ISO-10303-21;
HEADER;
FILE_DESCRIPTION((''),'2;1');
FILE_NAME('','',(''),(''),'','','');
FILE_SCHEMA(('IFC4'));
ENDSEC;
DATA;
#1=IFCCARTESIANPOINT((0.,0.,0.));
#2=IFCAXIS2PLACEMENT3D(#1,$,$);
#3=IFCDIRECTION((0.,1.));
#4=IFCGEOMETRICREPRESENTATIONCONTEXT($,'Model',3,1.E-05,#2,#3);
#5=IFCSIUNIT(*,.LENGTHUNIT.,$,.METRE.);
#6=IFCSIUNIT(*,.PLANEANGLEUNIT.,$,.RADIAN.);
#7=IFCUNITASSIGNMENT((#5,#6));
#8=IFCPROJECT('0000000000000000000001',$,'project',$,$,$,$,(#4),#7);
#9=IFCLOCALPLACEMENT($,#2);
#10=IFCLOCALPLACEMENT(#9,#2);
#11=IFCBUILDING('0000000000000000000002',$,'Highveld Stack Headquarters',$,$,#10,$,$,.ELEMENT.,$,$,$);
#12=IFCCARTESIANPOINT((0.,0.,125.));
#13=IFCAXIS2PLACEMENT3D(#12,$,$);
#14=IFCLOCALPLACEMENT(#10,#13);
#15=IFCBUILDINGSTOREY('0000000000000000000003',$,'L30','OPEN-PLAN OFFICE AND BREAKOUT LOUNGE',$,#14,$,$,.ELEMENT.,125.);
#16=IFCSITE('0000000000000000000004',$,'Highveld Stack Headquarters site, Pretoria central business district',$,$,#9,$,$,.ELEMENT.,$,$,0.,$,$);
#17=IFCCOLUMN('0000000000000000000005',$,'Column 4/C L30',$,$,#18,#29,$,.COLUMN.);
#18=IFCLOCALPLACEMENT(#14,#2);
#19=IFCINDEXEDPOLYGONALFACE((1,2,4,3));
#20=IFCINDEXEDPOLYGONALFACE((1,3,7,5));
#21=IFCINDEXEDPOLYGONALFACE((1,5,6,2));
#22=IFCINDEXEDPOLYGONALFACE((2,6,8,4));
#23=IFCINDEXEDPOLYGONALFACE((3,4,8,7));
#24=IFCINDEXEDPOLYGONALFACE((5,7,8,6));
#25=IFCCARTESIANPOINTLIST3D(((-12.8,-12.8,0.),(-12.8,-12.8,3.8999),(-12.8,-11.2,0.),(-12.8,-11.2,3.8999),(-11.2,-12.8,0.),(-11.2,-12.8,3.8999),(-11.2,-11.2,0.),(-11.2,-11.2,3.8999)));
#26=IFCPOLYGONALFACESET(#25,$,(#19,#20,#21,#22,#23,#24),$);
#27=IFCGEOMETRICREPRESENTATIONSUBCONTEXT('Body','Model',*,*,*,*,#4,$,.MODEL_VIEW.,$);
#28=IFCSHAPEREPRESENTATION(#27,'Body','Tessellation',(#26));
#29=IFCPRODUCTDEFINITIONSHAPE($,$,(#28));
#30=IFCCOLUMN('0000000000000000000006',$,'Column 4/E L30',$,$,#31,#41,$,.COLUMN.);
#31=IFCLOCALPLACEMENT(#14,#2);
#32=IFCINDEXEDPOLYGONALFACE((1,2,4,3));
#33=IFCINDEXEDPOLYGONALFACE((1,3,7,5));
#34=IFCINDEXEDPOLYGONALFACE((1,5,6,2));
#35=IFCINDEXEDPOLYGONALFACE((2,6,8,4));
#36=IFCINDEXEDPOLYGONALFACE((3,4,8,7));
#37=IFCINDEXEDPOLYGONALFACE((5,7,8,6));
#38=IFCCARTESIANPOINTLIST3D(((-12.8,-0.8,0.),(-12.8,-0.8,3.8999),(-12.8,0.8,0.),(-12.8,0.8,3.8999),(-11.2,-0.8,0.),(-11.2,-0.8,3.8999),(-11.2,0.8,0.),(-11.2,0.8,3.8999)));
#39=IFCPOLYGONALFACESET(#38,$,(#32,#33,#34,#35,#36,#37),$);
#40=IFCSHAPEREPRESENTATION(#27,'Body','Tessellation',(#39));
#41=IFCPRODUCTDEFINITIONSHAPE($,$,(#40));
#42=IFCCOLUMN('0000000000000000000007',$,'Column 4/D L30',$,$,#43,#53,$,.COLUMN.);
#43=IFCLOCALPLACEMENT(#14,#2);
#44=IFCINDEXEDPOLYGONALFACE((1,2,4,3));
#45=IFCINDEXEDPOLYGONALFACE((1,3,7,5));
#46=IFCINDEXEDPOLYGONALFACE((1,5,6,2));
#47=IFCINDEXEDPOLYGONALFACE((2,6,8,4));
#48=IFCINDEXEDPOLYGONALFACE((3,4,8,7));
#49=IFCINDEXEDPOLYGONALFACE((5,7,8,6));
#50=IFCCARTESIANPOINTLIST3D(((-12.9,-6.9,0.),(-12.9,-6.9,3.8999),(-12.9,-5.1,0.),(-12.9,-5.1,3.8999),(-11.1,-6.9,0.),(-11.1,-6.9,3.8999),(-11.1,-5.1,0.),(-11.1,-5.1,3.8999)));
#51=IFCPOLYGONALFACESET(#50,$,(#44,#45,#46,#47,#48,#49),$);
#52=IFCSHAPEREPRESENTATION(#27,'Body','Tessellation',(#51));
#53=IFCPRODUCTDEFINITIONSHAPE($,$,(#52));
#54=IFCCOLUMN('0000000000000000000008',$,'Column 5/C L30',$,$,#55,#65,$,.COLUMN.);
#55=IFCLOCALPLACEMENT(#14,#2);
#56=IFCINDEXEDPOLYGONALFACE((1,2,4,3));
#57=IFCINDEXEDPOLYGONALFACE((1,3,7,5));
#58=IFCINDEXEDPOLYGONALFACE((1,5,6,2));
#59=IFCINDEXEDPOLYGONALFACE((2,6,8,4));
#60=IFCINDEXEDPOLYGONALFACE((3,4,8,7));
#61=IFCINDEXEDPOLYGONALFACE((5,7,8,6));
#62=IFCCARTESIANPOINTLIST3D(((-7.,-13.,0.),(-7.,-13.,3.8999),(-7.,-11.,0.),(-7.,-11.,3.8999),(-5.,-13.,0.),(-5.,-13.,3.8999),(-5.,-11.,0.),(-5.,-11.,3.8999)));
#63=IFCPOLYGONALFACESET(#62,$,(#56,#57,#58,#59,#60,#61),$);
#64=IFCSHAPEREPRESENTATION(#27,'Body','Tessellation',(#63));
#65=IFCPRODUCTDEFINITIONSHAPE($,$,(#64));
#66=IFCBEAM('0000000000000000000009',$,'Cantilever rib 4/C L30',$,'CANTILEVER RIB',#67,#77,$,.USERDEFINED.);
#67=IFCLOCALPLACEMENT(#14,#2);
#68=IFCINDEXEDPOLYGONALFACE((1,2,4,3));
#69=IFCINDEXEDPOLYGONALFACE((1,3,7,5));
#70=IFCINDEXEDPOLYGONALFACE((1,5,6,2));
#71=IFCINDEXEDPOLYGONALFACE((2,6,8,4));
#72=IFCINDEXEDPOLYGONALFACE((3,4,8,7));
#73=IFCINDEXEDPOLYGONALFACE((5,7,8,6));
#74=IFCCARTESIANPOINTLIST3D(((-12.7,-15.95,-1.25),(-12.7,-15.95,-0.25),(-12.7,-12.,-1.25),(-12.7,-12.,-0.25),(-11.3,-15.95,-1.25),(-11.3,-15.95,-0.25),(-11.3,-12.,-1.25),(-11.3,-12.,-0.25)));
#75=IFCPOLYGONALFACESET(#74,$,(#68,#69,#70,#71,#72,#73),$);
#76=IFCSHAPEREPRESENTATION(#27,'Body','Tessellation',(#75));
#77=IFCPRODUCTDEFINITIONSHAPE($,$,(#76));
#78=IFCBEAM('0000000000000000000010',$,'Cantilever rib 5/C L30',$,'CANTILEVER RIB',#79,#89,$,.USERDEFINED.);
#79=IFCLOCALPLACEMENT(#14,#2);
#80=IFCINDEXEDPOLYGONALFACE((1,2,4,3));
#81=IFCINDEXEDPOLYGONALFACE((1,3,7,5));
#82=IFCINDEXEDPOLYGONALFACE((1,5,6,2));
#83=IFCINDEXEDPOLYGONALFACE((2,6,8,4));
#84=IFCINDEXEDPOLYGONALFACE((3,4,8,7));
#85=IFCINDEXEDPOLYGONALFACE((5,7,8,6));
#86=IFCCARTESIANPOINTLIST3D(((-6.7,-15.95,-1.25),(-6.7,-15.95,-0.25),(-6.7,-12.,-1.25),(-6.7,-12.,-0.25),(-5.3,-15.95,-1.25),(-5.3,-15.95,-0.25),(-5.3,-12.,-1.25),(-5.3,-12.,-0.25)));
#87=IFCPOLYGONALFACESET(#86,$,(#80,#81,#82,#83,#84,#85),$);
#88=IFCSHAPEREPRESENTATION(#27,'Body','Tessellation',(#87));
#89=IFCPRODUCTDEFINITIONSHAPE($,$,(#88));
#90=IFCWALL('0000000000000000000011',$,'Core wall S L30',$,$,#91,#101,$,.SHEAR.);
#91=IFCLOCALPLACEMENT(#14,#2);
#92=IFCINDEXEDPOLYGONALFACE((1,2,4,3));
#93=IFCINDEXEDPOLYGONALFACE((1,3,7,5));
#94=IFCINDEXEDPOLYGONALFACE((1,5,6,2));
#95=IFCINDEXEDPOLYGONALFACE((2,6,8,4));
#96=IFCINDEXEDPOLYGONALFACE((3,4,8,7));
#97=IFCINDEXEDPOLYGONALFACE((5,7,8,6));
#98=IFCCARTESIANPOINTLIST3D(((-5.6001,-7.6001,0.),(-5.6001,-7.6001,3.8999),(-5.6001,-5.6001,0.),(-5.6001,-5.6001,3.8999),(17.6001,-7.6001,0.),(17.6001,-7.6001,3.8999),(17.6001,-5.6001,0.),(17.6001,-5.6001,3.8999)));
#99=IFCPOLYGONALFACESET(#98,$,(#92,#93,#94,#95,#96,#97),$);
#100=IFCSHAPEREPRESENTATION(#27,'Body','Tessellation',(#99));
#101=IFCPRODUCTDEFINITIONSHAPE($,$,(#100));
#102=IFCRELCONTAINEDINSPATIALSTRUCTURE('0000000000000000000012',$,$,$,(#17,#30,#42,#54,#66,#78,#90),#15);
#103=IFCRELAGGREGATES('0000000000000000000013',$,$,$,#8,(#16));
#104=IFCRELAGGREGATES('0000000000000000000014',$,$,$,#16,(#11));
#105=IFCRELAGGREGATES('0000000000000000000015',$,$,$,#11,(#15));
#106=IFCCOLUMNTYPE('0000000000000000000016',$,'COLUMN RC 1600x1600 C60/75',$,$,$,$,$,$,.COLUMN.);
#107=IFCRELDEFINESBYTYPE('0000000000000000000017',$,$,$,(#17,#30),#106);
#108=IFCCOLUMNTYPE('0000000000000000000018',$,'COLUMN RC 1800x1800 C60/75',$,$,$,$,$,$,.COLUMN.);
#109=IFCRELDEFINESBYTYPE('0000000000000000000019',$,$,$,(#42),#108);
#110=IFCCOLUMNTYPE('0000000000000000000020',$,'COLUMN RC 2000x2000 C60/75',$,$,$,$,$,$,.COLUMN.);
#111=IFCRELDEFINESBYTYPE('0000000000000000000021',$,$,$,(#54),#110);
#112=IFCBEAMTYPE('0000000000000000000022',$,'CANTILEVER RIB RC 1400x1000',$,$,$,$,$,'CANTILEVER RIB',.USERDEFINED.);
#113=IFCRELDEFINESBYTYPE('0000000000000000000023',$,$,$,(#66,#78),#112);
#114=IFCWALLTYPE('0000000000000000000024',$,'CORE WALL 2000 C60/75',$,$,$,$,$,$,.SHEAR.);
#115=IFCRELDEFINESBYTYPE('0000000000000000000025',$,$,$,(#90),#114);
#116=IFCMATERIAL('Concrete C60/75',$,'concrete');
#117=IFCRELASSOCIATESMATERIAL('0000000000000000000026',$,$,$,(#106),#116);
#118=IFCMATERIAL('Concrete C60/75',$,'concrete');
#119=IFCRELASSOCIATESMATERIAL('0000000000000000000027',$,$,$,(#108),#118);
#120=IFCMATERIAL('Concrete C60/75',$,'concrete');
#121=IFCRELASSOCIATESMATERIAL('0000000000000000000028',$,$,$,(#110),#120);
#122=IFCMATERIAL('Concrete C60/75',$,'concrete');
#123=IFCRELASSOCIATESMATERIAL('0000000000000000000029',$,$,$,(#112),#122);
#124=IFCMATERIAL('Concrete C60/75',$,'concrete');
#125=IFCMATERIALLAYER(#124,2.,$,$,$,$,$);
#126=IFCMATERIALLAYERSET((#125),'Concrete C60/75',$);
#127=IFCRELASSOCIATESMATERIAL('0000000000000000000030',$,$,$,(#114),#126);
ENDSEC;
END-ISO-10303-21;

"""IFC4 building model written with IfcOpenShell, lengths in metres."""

from ifc_helpers import new_model, si_unit, direction, frame, frame_2d, origin, origin_2d, place, context, subcontext, project, spatial, rectangle, extrude, material, layer, layer_set, material_profile, profile_set, type_object, element, save


model = new_model("IFC4")

# Units and contexts
model_context = context("Model", 3, precision=1e-05, world=origin(), true_north=direction((0.0, 1.0)))
body_context = subcontext(model_context, "Body", "Model", "MODEL_VIEW")
ifc_project = project(units=[si_unit("LENGTHUNIT", "METRE"), si_unit("PLANEANGLEUNIT", "RADIAN")], contexts=[model_context])

# Site, building, storey
site_placement = place(None, origin())
site = spatial("IfcSite", under=ifc_project, at=site_placement, Name="Highveld Stack Headquarters site, Pretoria central business district", CompositionType="ELEMENT", RefElevation=0.0)
building_placement = place(site_placement, origin())
building = spatial("IfcBuilding", under=site, at=building_placement, Name="Highveld Stack Headquarters", CompositionType="ELEMENT")
storey_placement = place(building_placement, frame((0.0, 0.0, 125.0)))
storey = spatial("IfcBuildingStorey", under=building, at=storey_placement, Name="L30", Description="OPEN-PLAN OFFICE AND BREAKOUT LOUNGE", CompositionType="ELEMENT", Elevation=125.0)

# Columns
ifc_material_1 = material(Name="Concrete C60/75", Category="concrete")
ifc_material_profile_1 = material_profile(ifc_material_1, rectangle(XDim=1.6001, YDim=1.6001, at=origin_2d()), Name="RC 1600x1600")
ifc_profile_set_1 = profile_set([ifc_material_profile_1], Name="Concrete C60/75")
column_type_1 = type_object("IfcColumnType", Name="COLUMN RC 1600x1600 C60/75", PredefinedType="COLUMN", material=ifc_profile_set_1)
for number, where, z_axis, x_axis, name in (
    (1, (-12.0, -12.0, 0.0), (0.0, 0.0, 1.0), (1.0, 0.0, 0.0), "Column 4/C L30"),
    (2, (-12.0, 0.0, 0.0), (0.0, 0.0, 1.0), (1.0, 0.0, 0.0), "Column 4/E L30"),
):
    element("IfcColumn", number, at=place(storey_placement, frame(where, z_axis=z_axis, x_axis=x_axis)), inside=storey, type_object=column_type_1, Name=name, PredefinedType="COLUMN", context=body_context, shape_type="SweptSolid", body=[
        extrude(rectangle(XDim=1.6001, YDim=1.6001, at=origin_2d()), origin(), (0.0, 0.0, 1.0), 3.8999),
    ])
ifc_material_2 = material(Name="Concrete C60/75", Category="concrete")
ifc_material_profile_2 = material_profile(ifc_material_2, rectangle(XDim=1.8, YDim=1.8, at=origin_2d()), Name="RC 1800x1800")
ifc_profile_set_2 = profile_set([ifc_material_profile_2], Name="Concrete C60/75")
column_type_2 = type_object("IfcColumnType", Name="COLUMN RC 1800x1800 C60/75", PredefinedType="COLUMN", material=ifc_profile_set_2)
column_1_placement = place(storey_placement, frame((-12.0, -6.0, 0.0), z_axis=(0.0, 0.0, 1.0), x_axis=(1.0, 0.0, 0.0)))
element("IfcColumn", 3, at=column_1_placement, inside=storey, type_object=column_type_2, Name="Column 4/D L30", PredefinedType="COLUMN", context=body_context, shape_type="SweptSolid", body=[
    extrude(rectangle(XDim=1.8, YDim=1.8, at=origin_2d()), origin(), (0.0, 0.0, 1.0), 3.8999),
])
ifc_material_3 = material(Name="Concrete C60/75", Category="concrete")
ifc_material_profile_3 = material_profile(ifc_material_3, rectangle(XDim=2.0, YDim=2.0, at=origin_2d()), Name="RC 2000x2000")
ifc_profile_set_3 = profile_set([ifc_material_profile_3], Name="Concrete C60/75")
column_type_3 = type_object("IfcColumnType", Name="COLUMN RC 2000x2000 C60/75", PredefinedType="COLUMN", material=ifc_profile_set_3)
column_2_placement = place(storey_placement, frame((-6.0, -12.0, 0.0), z_axis=(0.0, 0.0, 1.0), x_axis=(1.0, 0.0, 0.0)))
element("IfcColumn", 4, at=column_2_placement, inside=storey, type_object=column_type_3, Name="Column 5/C L30", PredefinedType="COLUMN", context=body_context, shape_type="SweptSolid", body=[
    extrude(rectangle(XDim=2.0, YDim=2.0, at=origin_2d()), origin(), (0.0, 0.0, 1.0), 3.8999),
])

# Beams
ifc_material_4 = material(Name="Concrete C60/75", Category="concrete")
ifc_material_profile_4 = material_profile(ifc_material_4, rectangle(XDim=1.3999, YDim=1.0, at=origin_2d()), Name="RC 1400x1000")
ifc_profile_set_4 = profile_set([ifc_material_profile_4], Name="Concrete C60/75")
beam_type = type_object("IfcBeamType", Name="CANTILEVER RIB RC 1400x1000", ElementType="CANTILEVER RIB", PredefinedType="USERDEFINED", material=ifc_profile_set_4)
for number, where, z_axis, x_axis, name in (
    (5, (-12.0, -12.0, -0.75), (0.0, -1.0, 0.0), (1.0, 0.0, 0.0), "Cantilever rib 4/C L30"),
    (6, (-6.0, -12.0, -0.75), (0.0, -1.0, 0.0), (1.0, 0.0, 0.0), "Cantilever rib 5/C L30"),
):
    element("IfcBeam", number, at=place(storey_placement, frame(where, z_axis=z_axis, x_axis=x_axis)), inside=storey, type_object=beam_type, Name=name, ObjectType="CANTILEVER RIB", PredefinedType="USERDEFINED", context=body_context, shape_type="SweptSolid", body=[
        extrude(rectangle(XDim=1.3999, YDim=1.0, at=origin_2d()), origin(), (0.0, 0.0, 1.0), 3.95),
    ])

# Wall
ifc_material_5 = material(Name="Concrete C60/75", Category="concrete")
ifc_layer_1 = layer(ifc_material_5, 2.0)
ifc_layer_set_1 = layer_set([ifc_layer_1], Name="Concrete C60/75")
wall_type_1 = type_object("IfcWallType", Name="CORE WALL 2000 C60/75", PredefinedType="SHEAR", material=ifc_layer_set_1)
wall_1_placement = place(storey_placement, frame((-5.6001, -6.6001, 0.0), z_axis=(0.0, 0.0, 1.0), x_axis=(1.0, 0.0, 0.0)))
element("IfcWall", 7, at=wall_1_placement, inside=storey, type_object=wall_type_1, Name="Core wall S L30", PredefinedType="SHEAR", context=body_context, shape_type="SweptSolid", body=[
    extrude(rectangle(XDim=23.2002, YDim=2.0, at=frame_2d((11.6001, 0.0))), origin(), (0.0, 0.0, 1.0), 3.8999),
])

save(model, "model.ifc")
